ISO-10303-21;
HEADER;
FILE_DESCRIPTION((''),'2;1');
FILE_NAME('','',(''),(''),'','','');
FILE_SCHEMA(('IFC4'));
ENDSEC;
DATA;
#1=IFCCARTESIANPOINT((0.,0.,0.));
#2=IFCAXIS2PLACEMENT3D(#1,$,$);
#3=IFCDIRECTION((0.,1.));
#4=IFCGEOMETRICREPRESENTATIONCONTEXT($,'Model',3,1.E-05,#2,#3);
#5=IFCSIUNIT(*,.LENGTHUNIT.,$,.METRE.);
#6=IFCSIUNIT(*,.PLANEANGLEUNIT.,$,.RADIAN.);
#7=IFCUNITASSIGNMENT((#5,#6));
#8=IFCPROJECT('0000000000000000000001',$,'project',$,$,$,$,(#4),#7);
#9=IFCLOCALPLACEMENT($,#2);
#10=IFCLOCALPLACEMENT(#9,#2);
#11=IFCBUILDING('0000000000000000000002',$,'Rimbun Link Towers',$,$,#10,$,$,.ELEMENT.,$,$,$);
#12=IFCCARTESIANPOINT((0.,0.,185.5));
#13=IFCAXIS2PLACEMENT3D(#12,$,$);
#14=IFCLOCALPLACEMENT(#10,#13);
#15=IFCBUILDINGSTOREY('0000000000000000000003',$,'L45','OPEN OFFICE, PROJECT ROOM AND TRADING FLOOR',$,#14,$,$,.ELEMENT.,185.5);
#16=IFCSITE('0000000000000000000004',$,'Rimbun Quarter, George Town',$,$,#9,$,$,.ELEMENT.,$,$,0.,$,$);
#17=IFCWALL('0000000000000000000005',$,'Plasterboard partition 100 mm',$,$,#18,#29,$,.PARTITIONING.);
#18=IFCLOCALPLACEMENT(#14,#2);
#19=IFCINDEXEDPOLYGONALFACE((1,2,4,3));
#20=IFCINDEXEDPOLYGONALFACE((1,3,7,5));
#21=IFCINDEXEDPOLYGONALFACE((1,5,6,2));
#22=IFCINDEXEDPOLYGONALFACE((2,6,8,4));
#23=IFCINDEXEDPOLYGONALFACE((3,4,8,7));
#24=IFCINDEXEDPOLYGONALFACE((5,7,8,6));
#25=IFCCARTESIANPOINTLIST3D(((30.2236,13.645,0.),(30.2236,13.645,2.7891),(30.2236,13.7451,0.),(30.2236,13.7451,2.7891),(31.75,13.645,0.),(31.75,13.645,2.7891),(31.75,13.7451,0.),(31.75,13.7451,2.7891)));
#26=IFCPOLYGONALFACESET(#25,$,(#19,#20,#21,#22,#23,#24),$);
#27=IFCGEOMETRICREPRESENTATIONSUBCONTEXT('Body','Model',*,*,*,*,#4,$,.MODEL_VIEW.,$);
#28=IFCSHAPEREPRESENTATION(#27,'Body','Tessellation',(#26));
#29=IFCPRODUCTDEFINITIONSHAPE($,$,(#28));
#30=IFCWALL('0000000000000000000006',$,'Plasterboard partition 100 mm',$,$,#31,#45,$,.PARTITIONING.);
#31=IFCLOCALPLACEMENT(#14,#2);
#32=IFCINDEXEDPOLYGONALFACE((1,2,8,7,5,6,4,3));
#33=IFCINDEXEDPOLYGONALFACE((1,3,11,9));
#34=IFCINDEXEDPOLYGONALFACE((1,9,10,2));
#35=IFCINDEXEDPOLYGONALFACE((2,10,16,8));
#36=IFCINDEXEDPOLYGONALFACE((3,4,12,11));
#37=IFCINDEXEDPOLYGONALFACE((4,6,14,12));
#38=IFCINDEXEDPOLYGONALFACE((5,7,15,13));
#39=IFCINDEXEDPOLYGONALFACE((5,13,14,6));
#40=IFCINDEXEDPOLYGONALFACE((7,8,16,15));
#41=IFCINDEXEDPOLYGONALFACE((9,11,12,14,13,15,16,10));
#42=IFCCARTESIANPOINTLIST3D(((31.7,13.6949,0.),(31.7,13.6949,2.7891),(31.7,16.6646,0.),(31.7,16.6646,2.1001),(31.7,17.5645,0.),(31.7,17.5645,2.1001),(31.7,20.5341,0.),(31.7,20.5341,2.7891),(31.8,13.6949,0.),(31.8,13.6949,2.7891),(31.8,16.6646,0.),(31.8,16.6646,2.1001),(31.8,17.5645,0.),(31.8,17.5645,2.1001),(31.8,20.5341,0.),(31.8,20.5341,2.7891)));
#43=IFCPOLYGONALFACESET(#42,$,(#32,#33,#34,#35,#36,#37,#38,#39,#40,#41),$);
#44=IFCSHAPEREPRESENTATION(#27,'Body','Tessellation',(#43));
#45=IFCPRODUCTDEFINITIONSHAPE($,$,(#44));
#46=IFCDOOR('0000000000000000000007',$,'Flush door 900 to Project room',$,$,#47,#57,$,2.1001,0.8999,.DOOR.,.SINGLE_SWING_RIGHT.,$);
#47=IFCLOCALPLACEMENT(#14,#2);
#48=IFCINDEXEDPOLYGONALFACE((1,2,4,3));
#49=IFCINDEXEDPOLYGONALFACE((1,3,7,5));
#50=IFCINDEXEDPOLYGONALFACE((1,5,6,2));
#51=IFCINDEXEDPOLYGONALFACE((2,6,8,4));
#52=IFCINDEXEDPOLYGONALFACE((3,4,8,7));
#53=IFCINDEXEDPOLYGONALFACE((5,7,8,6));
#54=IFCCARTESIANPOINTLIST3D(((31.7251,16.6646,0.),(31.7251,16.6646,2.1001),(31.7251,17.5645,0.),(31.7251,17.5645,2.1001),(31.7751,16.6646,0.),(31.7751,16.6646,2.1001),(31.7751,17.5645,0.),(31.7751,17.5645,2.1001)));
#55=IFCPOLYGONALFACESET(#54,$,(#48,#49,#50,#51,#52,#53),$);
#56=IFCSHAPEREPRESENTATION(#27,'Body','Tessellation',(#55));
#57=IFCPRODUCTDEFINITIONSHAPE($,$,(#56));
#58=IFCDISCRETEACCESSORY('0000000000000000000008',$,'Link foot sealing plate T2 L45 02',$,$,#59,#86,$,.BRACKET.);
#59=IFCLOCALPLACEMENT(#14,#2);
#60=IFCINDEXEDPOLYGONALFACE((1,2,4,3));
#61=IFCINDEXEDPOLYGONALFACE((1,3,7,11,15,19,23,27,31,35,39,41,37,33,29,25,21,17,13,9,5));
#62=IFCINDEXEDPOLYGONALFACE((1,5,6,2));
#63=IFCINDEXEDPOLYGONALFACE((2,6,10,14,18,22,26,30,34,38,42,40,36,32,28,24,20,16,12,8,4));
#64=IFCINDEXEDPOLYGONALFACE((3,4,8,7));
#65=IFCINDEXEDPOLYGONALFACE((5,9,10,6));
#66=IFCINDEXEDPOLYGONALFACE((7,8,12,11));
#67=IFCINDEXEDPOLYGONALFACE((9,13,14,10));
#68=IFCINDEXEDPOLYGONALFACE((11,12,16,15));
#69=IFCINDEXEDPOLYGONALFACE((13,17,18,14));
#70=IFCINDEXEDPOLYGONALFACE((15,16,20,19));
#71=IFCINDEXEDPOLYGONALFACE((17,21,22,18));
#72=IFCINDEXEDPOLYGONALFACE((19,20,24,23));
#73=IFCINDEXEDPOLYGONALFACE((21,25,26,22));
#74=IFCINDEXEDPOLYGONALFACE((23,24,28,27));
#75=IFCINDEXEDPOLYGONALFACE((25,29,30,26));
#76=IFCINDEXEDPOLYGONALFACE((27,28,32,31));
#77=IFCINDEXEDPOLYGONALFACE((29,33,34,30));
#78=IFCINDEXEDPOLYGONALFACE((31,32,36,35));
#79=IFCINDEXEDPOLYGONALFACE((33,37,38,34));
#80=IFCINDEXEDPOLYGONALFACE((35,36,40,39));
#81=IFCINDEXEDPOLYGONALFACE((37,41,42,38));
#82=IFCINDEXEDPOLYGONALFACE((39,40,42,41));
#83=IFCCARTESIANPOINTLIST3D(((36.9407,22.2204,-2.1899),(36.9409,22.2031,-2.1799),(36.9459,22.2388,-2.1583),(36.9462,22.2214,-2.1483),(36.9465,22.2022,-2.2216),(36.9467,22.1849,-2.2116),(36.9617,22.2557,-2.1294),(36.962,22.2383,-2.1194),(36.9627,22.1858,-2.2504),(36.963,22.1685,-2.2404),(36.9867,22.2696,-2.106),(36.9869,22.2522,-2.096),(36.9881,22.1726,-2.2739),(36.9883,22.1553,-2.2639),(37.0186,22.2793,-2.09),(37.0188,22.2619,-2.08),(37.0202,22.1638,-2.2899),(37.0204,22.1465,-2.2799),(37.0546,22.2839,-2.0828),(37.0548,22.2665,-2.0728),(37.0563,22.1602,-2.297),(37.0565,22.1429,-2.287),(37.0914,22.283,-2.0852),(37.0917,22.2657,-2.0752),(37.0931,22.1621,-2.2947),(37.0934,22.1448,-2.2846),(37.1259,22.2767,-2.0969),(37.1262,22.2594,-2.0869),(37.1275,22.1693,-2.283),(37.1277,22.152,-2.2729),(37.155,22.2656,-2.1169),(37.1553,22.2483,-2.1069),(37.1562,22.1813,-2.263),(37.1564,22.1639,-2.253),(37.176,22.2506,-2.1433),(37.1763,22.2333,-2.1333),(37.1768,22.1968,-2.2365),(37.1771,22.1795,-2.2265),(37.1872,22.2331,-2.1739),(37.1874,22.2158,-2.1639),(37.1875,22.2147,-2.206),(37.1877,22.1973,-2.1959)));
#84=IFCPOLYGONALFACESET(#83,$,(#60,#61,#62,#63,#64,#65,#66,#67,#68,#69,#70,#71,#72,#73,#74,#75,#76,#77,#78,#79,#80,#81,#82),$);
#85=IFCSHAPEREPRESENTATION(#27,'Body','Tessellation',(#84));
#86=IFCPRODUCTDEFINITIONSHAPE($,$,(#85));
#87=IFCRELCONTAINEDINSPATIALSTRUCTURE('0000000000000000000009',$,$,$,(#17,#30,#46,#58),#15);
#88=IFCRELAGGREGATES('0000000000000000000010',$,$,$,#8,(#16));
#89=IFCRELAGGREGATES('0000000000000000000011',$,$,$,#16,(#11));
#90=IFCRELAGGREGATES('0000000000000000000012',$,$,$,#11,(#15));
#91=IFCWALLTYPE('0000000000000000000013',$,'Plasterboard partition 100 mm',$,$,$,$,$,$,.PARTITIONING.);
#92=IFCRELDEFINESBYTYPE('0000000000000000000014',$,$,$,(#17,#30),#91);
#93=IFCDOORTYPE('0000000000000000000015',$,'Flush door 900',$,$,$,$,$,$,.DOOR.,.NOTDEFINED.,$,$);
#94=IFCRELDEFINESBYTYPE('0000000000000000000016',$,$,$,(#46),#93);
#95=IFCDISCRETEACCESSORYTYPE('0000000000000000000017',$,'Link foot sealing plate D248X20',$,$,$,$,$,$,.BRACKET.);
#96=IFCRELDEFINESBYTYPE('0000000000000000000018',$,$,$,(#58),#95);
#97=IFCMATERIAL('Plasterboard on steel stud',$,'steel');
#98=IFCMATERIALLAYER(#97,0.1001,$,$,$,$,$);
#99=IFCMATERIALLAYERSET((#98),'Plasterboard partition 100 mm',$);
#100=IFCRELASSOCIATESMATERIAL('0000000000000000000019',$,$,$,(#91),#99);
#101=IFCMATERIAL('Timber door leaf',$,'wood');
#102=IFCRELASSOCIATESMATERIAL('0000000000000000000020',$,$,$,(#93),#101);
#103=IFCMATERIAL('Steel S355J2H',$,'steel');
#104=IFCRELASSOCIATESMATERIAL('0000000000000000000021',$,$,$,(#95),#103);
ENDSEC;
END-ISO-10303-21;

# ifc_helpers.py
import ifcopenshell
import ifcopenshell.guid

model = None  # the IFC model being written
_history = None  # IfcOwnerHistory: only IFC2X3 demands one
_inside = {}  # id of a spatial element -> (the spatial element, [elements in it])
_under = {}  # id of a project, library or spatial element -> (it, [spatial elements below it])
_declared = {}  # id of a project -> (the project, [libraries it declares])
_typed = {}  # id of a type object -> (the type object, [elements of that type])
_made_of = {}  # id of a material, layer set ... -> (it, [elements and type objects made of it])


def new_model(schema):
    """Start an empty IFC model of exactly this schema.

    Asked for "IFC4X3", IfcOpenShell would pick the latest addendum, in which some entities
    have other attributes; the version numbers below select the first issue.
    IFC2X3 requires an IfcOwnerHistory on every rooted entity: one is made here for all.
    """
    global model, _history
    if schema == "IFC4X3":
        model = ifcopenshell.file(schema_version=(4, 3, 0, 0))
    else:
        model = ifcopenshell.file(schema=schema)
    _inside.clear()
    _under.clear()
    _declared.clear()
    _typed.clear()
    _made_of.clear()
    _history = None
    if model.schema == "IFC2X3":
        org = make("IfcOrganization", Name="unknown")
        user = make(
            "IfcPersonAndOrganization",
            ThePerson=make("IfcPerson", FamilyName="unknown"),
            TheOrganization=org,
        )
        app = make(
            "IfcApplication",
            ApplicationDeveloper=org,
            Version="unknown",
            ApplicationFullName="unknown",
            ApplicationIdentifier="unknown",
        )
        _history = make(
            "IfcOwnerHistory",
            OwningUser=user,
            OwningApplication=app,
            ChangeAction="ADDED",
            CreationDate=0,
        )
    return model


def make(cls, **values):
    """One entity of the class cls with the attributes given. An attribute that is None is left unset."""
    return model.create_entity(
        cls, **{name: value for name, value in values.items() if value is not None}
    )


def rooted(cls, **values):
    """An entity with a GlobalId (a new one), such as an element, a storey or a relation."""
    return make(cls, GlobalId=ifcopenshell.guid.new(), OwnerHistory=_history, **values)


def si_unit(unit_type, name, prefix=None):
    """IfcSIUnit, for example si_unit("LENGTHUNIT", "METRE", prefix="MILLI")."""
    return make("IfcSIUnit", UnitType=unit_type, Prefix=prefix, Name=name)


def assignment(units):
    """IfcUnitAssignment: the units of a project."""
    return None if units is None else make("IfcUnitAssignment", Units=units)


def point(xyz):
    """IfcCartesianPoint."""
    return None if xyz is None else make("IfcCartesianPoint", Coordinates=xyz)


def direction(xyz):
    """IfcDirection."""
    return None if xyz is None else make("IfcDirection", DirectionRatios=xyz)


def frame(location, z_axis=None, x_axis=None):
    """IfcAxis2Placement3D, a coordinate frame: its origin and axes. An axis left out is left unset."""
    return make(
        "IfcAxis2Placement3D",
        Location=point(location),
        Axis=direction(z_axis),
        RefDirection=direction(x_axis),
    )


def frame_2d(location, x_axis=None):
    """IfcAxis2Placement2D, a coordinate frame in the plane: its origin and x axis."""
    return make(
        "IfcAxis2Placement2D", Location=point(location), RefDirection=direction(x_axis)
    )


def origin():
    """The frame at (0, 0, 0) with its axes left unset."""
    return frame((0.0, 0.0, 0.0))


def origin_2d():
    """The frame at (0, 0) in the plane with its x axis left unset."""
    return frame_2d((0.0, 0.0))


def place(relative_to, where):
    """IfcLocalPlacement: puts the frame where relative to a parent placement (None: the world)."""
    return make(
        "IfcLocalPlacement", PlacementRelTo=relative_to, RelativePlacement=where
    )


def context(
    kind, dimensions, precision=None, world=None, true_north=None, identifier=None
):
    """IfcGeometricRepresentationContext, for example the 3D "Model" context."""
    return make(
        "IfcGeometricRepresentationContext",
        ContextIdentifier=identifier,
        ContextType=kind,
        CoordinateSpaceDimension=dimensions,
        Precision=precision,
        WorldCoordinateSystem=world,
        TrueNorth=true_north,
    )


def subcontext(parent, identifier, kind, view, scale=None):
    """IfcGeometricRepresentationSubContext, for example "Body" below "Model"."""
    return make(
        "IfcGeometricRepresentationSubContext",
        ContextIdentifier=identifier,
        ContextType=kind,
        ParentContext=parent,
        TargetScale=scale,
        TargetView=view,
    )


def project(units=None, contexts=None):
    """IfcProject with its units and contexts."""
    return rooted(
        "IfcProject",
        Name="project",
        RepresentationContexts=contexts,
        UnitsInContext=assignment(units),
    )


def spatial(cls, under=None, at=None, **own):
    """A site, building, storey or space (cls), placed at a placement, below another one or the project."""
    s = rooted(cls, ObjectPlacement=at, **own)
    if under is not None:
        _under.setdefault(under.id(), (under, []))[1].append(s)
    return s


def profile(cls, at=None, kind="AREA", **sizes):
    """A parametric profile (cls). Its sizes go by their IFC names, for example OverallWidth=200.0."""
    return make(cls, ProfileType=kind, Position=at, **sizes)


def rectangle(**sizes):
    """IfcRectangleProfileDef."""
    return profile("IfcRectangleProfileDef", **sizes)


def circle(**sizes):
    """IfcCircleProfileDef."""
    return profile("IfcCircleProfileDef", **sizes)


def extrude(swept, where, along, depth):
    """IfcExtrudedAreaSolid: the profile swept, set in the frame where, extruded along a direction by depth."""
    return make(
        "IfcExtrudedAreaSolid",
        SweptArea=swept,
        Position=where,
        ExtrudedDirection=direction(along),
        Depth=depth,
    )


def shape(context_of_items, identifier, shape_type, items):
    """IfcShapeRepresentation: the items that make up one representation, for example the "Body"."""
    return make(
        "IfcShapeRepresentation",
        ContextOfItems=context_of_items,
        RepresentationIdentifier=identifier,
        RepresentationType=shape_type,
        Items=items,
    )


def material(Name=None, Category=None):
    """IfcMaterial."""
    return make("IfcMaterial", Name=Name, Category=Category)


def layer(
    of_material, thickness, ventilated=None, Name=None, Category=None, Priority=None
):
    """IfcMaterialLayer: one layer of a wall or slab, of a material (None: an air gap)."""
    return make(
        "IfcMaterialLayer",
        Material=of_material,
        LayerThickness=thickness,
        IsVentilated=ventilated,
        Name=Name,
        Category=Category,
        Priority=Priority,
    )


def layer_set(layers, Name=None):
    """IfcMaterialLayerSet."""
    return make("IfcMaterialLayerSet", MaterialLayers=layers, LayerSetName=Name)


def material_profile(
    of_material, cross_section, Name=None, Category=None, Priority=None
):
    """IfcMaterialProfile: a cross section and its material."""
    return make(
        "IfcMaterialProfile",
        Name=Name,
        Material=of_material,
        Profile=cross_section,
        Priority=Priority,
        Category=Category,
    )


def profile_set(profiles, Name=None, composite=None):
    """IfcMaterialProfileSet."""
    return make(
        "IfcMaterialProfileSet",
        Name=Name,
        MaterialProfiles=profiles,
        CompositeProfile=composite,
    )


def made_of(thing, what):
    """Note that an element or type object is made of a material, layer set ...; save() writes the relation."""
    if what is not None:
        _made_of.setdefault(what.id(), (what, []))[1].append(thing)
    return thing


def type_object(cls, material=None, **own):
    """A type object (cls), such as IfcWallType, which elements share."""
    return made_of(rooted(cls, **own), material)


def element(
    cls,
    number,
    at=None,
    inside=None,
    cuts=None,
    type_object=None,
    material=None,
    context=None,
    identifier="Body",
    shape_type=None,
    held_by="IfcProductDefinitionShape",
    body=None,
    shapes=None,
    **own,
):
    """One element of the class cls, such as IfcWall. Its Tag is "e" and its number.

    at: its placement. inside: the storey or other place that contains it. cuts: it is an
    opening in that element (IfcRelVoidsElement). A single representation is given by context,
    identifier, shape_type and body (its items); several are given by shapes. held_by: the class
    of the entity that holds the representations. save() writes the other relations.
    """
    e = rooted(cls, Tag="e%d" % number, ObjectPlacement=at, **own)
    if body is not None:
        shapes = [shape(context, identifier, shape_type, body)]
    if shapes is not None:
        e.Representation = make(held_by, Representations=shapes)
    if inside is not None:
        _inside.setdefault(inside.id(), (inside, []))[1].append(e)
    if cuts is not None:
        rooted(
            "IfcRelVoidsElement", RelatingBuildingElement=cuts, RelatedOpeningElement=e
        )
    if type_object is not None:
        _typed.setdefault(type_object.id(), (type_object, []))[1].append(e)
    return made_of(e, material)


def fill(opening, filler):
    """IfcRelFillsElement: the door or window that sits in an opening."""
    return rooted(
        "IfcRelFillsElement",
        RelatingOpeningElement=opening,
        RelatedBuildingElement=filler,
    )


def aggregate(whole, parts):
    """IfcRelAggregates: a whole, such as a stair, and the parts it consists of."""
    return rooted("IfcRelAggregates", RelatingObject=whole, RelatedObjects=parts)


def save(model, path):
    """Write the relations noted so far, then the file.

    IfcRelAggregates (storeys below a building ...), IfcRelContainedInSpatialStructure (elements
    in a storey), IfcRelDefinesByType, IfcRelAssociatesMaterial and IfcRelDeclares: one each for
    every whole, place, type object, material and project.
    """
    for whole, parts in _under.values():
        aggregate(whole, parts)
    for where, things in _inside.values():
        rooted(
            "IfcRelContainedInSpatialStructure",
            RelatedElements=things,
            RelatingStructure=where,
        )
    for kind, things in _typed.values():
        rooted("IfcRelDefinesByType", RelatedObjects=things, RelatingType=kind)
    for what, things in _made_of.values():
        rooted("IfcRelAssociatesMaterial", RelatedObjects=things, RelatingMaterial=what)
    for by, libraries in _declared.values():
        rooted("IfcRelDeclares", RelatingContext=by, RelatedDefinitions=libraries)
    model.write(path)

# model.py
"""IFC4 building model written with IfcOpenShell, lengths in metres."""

from ifc_helpers import new_model, si_unit, direction, frame, frame_2d, origin, origin_2d, place, context, subcontext, project, spatial, rectangle, circle, extrude, material, layer, layer_set, material_profile, profile_set, type_object, element, fill, save


model = new_model("IFC4")

# Units and contexts
model_context = context("Model", 3, precision=1e-05, world=origin(), true_north=direction((0.0, 1.0)))
body_context = subcontext(model_context, "Body", "Model", "MODEL_VIEW")
ifc_project = project(units=[si_unit("LENGTHUNIT", "METRE"), si_unit("PLANEANGLEUNIT", "RADIAN")], contexts=[model_context])

# Site, building, storey
site_placement = place(None, origin())
site = spatial("IfcSite", under=ifc_project, at=site_placement, Name="Rimbun Quarter, George Town", CompositionType="ELEMENT", RefElevation=0.0)
building_placement = place(site_placement, origin())
building = spatial("IfcBuilding", under=site, at=building_placement, Name="Rimbun Link Towers", CompositionType="ELEMENT")
storey_placement = place(building_placement, frame((0.0, 0.0, 185.5)))
storey = spatial("IfcBuildingStorey", under=building, at=storey_placement, Name="L45", Description="OPEN OFFICE, PROJECT ROOM AND TRADING FLOOR", CompositionType="ELEMENT", Elevation=185.5)

# Shared definitions
ifc_material_1 = material(Name="Plasterboard on steel stud", Category="steel")
ifc_layer_1 = layer(ifc_material_1, 0.1001)
ifc_layer_set_1 = layer_set([ifc_layer_1], Name="Plasterboard partition 100 mm")
wall_type = type_object("IfcWallType", Name="Plasterboard partition 100 mm", PredefinedType="PARTITIONING", material=ifc_layer_set_1)
ifc_material_2 = material(Name="Timber door leaf", Category="wood")
door_type_1 = type_object("IfcDoorType", Name="Flush door 900", OperationType="NOTDEFINED", PredefinedType="DOOR", material=ifc_material_2)

# Wall
wall_1_placement = place(storey_placement, frame((31.75, 13.6951, 0.0), z_axis=(0.0, 0.0, 1.0), x_axis=(-1.0, 0.0, 0.0)))
element("IfcWall", 1, at=wall_1_placement, inside=storey, type_object=wall_type, Name="Plasterboard partition 100 mm", PredefinedType="PARTITIONING", context=body_context, shape_type="SweptSolid", body=[
    extrude(rectangle(XDim=1.5264, YDim=0.1001, at=frame_2d((0.7632, 0.0))), origin(), (0.0, 0.0, 1.0), 2.7891),
])

# Wall, opening, door
wall_2_placement = place(storey_placement, frame((31.75, 13.6951, 0.0), z_axis=(0.0, 0.0, 1.0), x_axis=(0.0, 1.0, 0.0)))
wall_2 = element("IfcWall", 2, at=wall_2_placement, inside=storey, type_object=wall_type, Name="Plasterboard partition 100 mm", PredefinedType="PARTITIONING", context=body_context, shape_type="SweptSolid", body=[
    extrude(rectangle(XDim=6.8391, YDim=0.1001, at=frame_2d((3.4194, 0.0))), origin(), (0.0, 0.0, 1.0), 2.7891),
])
opening_1_placement = place(wall_2_placement, frame((2.9695, 0.0, 0.0)))
opening_1 = element("IfcOpeningElement", 3, at=opening_1_placement, cuts=wall_2, PredefinedType="OPENING", context=body_context, shape_type="SweptSolid", body=[
    extrude(rectangle(XDim=0.8999, YDim=2.1001, at=frame_2d((0.45, 1.05))), frame((0.0, 0.0601, 0.0), z_axis=(0.0, -1.0, 0.0), x_axis=(1.0, 0.0, 0.0)), (0.0, 0.0, 1.0), 0.1201),
])
door_1_placement = place(opening_1_placement, origin())
door_1 = element("IfcDoor", 4, at=door_1_placement, inside=storey, type_object=door_type_1, Name="Flush door 900 to Project room", OperationType="SINGLE_SWING_RIGHT", OverallHeight=2.1001, OverallWidth=0.8999, PredefinedType="DOOR", context=body_context, shape_type="SweptSolid", body=[
    extrude(rectangle(XDim=0.8999, YDim=2.1001, at=frame_2d((0.45, 1.05))), frame((0.0, 0.0249, 0.0), z_axis=(0.0, -1.0, 0.0), x_axis=(1.0, 0.0, 0.0)), (0.0, 0.0, 1.0), 0.05),
])
fill(opening_1, door_1)

# Discrete accessory
ifc_material_3 = material(Name="Steel S355J2H", Category="steel")
ifc_material_profile_1 = material_profile(ifc_material_3, circle(Radius=0.124, at=origin_2d()), Name="PL D248")
ifc_profile_set_1 = profile_set([ifc_material_profile_1], Name="Steel S355J2H")
discrete_accessory_type = type_object("IfcDiscreteAccessoryType", Name="Link foot sealing plate D248X20", PredefinedType="BRACKET", material=ifc_profile_set_1)
discrete_accessory_placement = place(storey_placement, frame((37.0649, 22.2048, -2.1799), z_axis=(-0.012196, 0.865918, -0.500037), x_axis=(-0.999901, -0.014083, 0.0)))
element("IfcDiscreteAccessory", 5, at=discrete_accessory_placement, inside=storey, type_object=discrete_accessory_type, Name="Link foot sealing plate T2 L45 02", PredefinedType="BRACKET", context=body_context, shape_type="SweptSolid", body=[
    extrude(circle(Radius=0.124, at=origin_2d()), origin(), (0.0, 0.0, 1.0), 0.02),
])

save(model, "model.ifc")
